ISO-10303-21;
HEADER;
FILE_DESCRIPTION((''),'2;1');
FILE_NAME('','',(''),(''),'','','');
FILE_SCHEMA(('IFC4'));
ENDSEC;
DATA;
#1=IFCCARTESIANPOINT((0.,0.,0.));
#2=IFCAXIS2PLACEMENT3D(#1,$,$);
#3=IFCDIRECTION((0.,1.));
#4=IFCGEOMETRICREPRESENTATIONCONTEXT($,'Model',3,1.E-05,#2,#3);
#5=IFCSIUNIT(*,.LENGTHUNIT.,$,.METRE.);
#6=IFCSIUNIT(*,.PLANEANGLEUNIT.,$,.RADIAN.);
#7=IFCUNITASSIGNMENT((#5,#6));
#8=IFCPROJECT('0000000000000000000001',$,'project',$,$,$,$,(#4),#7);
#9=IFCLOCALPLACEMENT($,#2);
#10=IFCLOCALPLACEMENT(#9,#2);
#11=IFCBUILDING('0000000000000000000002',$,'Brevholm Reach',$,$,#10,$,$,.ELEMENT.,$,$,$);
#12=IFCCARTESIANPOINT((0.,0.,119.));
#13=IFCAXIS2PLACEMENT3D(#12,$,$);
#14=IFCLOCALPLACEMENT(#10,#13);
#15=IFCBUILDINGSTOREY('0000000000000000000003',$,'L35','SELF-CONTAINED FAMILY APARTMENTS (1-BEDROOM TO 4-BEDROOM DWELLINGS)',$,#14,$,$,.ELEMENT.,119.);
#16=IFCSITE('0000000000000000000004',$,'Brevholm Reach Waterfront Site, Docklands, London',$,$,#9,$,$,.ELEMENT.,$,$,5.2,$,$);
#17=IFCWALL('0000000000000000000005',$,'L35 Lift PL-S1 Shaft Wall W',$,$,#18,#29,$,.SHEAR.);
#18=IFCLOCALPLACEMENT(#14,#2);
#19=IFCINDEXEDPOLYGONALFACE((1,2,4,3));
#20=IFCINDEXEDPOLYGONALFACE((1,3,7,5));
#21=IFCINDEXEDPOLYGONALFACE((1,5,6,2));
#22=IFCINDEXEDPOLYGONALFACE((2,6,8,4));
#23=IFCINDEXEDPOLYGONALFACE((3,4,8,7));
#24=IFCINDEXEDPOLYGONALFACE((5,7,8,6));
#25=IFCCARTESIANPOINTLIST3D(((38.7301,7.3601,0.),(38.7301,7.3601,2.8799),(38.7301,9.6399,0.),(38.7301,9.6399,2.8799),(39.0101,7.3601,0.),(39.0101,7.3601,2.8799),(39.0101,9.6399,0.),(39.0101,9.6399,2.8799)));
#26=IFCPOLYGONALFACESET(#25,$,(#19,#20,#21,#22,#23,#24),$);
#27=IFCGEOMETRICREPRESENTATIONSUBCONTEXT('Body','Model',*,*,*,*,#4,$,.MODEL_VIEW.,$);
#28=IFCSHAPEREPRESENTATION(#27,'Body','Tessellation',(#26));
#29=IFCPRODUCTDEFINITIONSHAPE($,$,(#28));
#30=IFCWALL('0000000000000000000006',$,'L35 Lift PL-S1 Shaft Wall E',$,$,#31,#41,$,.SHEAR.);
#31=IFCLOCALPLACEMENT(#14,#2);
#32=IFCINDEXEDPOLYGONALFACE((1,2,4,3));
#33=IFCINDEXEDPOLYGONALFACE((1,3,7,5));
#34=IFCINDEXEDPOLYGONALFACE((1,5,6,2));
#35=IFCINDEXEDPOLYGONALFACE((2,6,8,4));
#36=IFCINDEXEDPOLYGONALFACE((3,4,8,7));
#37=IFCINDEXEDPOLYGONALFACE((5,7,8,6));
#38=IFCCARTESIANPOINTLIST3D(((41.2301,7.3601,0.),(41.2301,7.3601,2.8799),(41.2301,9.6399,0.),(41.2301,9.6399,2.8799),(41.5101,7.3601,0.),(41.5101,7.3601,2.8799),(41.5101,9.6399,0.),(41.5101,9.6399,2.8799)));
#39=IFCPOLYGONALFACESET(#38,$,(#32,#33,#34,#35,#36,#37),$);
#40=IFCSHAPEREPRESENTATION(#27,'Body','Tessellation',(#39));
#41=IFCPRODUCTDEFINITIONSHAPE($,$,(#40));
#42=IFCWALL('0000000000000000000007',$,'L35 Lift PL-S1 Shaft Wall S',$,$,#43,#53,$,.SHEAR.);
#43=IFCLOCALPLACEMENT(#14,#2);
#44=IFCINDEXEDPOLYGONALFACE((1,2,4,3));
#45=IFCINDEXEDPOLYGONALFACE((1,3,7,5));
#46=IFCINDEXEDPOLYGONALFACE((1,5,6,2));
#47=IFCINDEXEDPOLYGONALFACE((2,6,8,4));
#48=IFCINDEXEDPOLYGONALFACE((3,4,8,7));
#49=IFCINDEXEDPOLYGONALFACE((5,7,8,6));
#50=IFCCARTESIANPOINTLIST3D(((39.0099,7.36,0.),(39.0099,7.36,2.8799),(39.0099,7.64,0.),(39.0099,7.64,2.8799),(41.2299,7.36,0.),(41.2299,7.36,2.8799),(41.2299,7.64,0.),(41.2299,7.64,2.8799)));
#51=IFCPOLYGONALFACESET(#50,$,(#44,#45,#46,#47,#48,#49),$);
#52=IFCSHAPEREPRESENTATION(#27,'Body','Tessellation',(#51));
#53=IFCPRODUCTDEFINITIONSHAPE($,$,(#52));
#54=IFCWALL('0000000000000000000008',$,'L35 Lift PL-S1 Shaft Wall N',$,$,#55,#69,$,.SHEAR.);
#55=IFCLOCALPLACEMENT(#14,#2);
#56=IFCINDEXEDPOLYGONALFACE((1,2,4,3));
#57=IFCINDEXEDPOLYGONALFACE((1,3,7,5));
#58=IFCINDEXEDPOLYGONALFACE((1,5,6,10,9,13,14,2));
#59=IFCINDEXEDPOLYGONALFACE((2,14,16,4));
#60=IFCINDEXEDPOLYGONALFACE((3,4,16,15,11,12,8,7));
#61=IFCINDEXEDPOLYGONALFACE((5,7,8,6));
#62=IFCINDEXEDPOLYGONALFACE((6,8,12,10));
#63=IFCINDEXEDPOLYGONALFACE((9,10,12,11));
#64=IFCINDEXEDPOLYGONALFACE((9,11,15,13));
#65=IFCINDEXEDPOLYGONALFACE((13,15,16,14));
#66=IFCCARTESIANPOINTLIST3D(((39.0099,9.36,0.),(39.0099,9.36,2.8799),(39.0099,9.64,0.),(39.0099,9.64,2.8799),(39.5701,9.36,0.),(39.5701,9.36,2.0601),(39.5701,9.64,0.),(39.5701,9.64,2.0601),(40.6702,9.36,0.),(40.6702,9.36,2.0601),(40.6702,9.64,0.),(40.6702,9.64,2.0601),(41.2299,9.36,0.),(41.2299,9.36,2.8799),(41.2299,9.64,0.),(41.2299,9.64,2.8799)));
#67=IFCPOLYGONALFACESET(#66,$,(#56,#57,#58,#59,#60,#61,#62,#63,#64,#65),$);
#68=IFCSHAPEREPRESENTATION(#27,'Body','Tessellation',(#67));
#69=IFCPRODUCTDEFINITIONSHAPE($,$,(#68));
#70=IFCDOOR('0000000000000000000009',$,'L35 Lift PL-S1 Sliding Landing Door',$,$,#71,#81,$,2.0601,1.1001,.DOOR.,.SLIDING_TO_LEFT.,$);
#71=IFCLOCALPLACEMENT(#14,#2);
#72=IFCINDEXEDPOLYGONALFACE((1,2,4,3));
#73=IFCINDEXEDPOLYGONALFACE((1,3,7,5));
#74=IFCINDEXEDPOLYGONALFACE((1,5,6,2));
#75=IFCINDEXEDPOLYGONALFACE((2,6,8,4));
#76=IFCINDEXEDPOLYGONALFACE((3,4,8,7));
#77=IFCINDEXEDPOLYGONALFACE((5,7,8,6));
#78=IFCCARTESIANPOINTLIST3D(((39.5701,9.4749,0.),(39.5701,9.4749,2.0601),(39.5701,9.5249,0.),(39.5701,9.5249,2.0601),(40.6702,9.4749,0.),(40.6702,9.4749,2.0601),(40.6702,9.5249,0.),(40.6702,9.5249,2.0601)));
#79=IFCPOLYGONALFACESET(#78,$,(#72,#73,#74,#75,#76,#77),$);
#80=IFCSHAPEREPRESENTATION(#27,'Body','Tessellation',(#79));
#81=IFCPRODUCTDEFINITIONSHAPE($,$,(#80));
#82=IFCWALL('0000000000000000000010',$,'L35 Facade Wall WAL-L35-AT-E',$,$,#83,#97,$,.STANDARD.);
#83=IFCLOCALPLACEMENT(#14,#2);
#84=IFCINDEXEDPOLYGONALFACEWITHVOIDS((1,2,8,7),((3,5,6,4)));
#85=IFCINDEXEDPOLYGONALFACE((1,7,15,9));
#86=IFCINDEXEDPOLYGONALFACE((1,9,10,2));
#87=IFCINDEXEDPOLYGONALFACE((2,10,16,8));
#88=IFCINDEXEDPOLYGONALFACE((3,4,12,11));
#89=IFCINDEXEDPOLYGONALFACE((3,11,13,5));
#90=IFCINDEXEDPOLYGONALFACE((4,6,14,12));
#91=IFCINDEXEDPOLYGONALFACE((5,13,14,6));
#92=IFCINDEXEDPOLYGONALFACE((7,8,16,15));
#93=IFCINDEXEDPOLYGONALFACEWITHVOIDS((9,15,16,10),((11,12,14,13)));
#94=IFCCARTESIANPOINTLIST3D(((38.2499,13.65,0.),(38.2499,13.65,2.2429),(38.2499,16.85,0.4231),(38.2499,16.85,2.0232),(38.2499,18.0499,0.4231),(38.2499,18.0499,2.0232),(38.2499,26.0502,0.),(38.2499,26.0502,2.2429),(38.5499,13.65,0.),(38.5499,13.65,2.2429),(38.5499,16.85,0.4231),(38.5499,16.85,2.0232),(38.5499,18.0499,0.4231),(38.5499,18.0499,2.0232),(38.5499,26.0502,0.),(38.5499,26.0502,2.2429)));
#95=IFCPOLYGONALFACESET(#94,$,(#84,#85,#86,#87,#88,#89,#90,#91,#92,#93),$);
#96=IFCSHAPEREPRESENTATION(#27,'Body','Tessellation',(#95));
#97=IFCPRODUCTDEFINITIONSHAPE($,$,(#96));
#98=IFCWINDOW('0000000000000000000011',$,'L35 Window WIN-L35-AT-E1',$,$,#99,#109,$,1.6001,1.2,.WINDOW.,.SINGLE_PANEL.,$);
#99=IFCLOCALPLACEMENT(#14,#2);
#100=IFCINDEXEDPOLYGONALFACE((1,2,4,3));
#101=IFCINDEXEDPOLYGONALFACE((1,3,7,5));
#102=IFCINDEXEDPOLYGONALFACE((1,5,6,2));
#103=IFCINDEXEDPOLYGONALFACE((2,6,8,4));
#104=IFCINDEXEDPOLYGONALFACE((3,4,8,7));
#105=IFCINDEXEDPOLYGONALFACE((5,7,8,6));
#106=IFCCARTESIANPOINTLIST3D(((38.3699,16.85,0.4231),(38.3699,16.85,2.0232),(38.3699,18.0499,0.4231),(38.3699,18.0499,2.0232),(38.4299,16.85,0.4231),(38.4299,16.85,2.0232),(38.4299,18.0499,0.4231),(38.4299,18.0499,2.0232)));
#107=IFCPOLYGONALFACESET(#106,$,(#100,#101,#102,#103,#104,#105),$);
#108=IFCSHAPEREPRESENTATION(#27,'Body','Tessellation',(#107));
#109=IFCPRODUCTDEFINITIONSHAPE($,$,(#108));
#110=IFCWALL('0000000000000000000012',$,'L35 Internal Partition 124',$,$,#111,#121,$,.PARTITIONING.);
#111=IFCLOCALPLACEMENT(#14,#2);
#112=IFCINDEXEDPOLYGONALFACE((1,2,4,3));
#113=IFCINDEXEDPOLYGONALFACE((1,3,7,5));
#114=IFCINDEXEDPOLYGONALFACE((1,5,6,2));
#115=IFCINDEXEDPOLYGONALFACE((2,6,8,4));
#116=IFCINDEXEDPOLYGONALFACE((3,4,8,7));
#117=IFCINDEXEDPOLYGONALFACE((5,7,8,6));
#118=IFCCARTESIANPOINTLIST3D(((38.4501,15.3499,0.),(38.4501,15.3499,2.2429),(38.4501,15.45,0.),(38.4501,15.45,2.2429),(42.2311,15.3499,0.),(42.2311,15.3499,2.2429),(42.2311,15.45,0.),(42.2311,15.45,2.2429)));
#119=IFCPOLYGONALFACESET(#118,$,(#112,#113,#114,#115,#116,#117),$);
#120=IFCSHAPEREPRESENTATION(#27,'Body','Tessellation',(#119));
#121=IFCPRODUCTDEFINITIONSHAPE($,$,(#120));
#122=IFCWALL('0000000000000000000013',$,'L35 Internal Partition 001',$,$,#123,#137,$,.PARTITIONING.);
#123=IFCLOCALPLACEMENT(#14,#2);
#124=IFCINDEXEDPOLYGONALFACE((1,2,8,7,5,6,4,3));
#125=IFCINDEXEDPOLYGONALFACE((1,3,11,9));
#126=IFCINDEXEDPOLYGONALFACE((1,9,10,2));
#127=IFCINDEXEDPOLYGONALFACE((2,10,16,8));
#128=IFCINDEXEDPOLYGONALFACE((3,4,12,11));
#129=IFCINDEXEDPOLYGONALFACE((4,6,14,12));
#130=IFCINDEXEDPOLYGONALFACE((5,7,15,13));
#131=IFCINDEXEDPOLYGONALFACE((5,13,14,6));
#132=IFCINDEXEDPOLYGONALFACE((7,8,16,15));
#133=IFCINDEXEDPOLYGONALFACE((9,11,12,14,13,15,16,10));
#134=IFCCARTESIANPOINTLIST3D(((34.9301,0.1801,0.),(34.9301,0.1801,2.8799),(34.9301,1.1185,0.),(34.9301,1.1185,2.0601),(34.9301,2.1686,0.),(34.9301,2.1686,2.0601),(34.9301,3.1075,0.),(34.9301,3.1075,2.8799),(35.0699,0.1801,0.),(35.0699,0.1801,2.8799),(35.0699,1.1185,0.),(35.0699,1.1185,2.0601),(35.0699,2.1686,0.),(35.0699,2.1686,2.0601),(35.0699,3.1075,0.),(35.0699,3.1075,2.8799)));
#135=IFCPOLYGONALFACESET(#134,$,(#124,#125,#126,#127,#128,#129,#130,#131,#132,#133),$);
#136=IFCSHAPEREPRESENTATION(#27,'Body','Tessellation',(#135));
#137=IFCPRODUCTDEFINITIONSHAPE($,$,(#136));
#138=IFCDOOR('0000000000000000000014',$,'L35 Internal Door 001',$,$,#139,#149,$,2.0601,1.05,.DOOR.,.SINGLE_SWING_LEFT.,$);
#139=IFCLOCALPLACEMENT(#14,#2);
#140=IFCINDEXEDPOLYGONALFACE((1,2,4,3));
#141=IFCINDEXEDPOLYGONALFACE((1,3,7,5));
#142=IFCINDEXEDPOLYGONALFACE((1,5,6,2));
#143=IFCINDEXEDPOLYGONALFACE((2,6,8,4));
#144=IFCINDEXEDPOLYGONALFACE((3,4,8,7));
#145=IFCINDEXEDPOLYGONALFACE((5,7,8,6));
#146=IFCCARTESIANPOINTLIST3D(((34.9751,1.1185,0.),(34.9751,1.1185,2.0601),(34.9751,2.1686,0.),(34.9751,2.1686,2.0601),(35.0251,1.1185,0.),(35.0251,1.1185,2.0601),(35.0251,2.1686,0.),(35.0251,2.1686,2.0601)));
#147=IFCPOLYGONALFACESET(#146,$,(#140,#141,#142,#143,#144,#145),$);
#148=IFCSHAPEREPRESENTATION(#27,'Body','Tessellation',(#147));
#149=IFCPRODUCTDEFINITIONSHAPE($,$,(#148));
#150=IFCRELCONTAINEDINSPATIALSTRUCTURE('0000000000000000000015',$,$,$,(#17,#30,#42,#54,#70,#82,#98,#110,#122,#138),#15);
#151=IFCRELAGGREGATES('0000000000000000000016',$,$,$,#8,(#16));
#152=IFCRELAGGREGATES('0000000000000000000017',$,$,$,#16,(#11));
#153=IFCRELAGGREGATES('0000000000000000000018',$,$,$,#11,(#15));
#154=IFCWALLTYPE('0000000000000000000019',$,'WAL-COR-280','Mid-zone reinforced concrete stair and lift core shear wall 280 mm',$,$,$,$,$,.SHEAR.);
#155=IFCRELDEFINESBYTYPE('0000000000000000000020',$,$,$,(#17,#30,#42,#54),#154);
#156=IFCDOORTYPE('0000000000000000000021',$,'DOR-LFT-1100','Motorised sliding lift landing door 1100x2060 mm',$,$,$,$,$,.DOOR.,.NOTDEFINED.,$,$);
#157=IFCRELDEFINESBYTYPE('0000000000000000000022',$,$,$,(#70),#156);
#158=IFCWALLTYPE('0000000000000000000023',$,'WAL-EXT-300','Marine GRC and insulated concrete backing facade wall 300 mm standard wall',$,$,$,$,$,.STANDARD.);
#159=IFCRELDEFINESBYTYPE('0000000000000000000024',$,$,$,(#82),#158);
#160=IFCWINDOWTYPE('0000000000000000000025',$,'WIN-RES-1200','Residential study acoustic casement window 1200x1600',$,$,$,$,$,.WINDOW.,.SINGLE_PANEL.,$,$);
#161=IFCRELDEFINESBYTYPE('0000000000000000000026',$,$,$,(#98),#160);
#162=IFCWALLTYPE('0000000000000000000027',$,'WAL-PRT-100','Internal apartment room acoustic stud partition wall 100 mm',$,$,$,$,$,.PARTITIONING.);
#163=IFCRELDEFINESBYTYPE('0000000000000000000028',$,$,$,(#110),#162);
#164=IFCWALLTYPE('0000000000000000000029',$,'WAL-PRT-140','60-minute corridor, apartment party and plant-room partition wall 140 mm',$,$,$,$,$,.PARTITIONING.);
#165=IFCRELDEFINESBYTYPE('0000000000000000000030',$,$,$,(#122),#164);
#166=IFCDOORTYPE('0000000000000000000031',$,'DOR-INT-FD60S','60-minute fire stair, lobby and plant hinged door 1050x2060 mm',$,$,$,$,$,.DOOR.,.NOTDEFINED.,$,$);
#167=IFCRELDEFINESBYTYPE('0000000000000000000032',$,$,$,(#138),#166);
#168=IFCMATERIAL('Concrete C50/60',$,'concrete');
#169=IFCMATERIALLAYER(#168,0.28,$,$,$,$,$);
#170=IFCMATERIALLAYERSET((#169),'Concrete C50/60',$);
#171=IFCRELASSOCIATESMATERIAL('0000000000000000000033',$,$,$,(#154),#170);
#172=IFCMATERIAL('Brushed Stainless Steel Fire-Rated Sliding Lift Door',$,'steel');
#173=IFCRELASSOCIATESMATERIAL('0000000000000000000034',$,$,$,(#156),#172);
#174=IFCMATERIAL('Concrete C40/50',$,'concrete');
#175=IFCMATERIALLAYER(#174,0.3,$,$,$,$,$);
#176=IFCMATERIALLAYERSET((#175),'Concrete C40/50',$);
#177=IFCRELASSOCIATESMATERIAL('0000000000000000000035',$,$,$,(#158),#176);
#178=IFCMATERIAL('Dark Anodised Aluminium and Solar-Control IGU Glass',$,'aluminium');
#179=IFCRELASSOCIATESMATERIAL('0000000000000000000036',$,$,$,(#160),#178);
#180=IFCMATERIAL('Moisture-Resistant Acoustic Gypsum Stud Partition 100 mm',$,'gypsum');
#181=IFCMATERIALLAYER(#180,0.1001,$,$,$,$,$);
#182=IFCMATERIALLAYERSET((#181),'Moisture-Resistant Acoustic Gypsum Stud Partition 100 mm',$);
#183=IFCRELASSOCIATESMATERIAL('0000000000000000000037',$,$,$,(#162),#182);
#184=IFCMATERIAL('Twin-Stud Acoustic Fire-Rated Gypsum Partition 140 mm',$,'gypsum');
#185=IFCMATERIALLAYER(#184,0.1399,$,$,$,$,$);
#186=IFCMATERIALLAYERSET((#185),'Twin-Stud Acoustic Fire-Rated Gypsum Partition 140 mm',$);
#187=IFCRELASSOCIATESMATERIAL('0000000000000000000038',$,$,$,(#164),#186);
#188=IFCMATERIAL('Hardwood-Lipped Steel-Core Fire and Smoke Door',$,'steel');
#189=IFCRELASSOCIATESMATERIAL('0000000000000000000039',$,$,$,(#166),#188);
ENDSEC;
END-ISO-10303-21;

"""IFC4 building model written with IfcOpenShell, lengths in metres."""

from ifc_helpers import new_model, si_unit, direction, frame, frame_2d, origin, place, context, subcontext, project, spatial, rectangle, extrude, material, layer, layer_set, type_object, element, fill, save


model = new_model("IFC4")

# Units and contexts
model_context = context("Model", 3, precision=1e-05, world=origin(), true_north=direction((0.0, 1.0)))
body_context = subcontext(model_context, "Body", "Model", "MODEL_VIEW")
ifc_project = project(units=[si_unit("LENGTHUNIT", "METRE"), si_unit("PLANEANGLEUNIT", "RADIAN")], contexts=[model_context])

# Site, building, storey
site_placement = place(None, origin())
site = spatial("IfcSite", under=ifc_project, at=site_placement, Name="Brevholm Reach Waterfront Site, Docklands, London", CompositionType="ELEMENT", RefElevation=5.2)
building_placement = place(site_placement, origin())
building = spatial("IfcBuilding", under=site, at=building_placement, Name="Brevholm Reach", CompositionType="ELEMENT")
storey_placement = place(building_placement, frame((0.0, 0.0, 119.0)))
storey = spatial("IfcBuildingStorey", under=building, at=storey_placement, Name="L35", Description="SELF-CONTAINED FAMILY APARTMENTS (1-BEDROOM TO 4-BEDROOM DWELLINGS)", CompositionType="ELEMENT", Elevation=119.0)

# Walls
ifc_material_1 = material(Name="Concrete C50/60", Category="concrete")
ifc_layer_1 = layer(ifc_material_1, 0.28)
ifc_layer_set_1 = layer_set([ifc_layer_1], Name="Concrete C50/60")
wall_type_1 = type_object("IfcWallType", Name="WAL-COR-280", Description="Mid-zone reinforced concrete stair and lift core shear wall 280 mm", PredefinedType="SHEAR", material=ifc_layer_set_1)
for number, where, z_axis, x_axis, name in (
    (1, (38.8701, 7.3601, 0.0), (0.0, 0.0, 1.0), (0.0, 1.0, 0.0), "L35 Lift PL-S1 Shaft Wall W"),
    (2, (41.3701, 7.3601, 0.0), (0.0, 0.0, 1.0), (0.0, 1.0, 0.0), "L35 Lift PL-S1 Shaft Wall E"),
):
    element("IfcWall", number, at=place(storey_placement, frame(where, z_axis=z_axis, x_axis=x_axis)), inside=storey, type_object=wall_type_1, Name=name, PredefinedType="SHEAR", context=body_context, shape_type="SweptSolid", body=[
        extrude(rectangle(XDim=2.2798, YDim=0.28, at=frame_2d((1.1399, 0.0))), origin(), (0.0, 0.0, 1.0), 2.8799),
    ])
wall_1_placement = place(storey_placement, frame((39.01, 7.5, 0.0), z_axis=(0.0, 0.0, 1.0), x_axis=(1.0, 0.0, 0.0)))
element("IfcWall", 3, at=wall_1_placement, inside=storey, type_object=wall_type_1, Name="L35 Lift PL-S1 Shaft Wall S", PredefinedType="SHEAR", context=body_context, shape_type="SweptSolid", body=[
    extrude(rectangle(XDim=2.22, YDim=0.28, at=frame_2d((1.1099, 0.0))), origin(), (0.0, 0.0, 1.0), 2.8799),
])

# Wall, opening, door
wall_2_placement = place(storey_placement, frame((39.01, 9.5, 0.0), z_axis=(0.0, 0.0, 1.0), x_axis=(1.0, 0.0, 0.0)))
wall_2 = element("IfcWall", 4, at=wall_2_placement, inside=storey, type_object=wall_type_1, Name="L35 Lift PL-S1 Shaft Wall N", PredefinedType="SHEAR", context=body_context, shape_type="SweptSolid", body=[
    extrude(rectangle(XDim=2.22, YDim=0.28, at=frame_2d((1.1099, 0.0))), origin(), (0.0, 0.0, 1.0), 2.8799),
])
opening_1_placement = place(wall_2_placement, frame((0.5601, 0.0, 0.0)))
opening_1 = element("IfcOpeningElement", 5, at=opening_1_placement, cuts=wall_2, PredefinedType="OPENING", context=body_context, shape_type="SweptSolid", body=[
    extrude(rectangle(XDim=1.1001, YDim=2.0601, at=frame_2d((0.55, 1.03))), frame((0.0, 0.1499, 0.0), z_axis=(0.0, -1.0, 0.0), x_axis=(1.0, 0.0, 0.0)), (0.0, 0.0, 1.0), 0.3),
])
ifc_material_2 = material(Name="Brushed Stainless Steel Fire-Rated Sliding Lift Door", Category="steel")
door_type_1 = type_object("IfcDoorType", Name="DOR-LFT-1100", Description="Motorised sliding lift landing door 1100x2060 mm", OperationType="NOTDEFINED", PredefinedType="DOOR", material=ifc_material_2)
door_1_placement = place(opening_1_placement, origin())
door_1 = element("IfcDoor", 6, at=door_1_placement, inside=storey, type_object=door_type_1, Name="L35 Lift PL-S1 Sliding Landing Door", OperationType="SLIDING_TO_LEFT", OverallHeight=2.0601, OverallWidth=1.1001, PredefinedType="DOOR", context=body_context, shape_type="SweptSolid", body=[
    extrude(rectangle(XDim=1.1001, YDim=2.0601, at=frame_2d((0.55, 1.03))), frame((0.0, 0.0249, 0.0), z_axis=(0.0, -1.0, 0.0), x_axis=(1.0, 0.0, 0.0)), (0.0, 0.0, 1.0), 0.05),
])
fill(opening_1, door_1)

# Wall, opening, window
ifc_material_3 = material(Name="Concrete C40/50", Category="concrete")
ifc_layer_2 = layer(ifc_material_3, 0.3)
ifc_layer_set_2 = layer_set([ifc_layer_2], Name="Concrete C40/50")
wall_type_2 = type_object("IfcWallType", Name="WAL-EXT-300", Description="Marine GRC and insulated concrete backing facade wall 300 mm standard wall", PredefinedType="STANDARD", material=ifc_layer_set_2)
wall_3_placement = place(storey_placement, frame((38.3999, 13.6499, 0.0), z_axis=(0.0, 0.0, 1.0), x_axis=(0.0, 1.0, 0.0)))
wall_3 = element("IfcWall", 7, at=wall_3_placement, inside=storey, type_object=wall_type_2, Name="L35 Facade Wall WAL-L35-AT-E", PredefinedType="STANDARD", context=body_context, shape_type="SweptSolid", body=[
    extrude(rectangle(XDim=12.4001, YDim=0.3, at=frame_2d((6.2002, 0.0))), origin(), (0.0, 0.0, 1.0), 2.2429),
])
opening_2_placement = place(wall_3_placement, frame((3.2, 0.0, 0.4231)))
opening_2 = element("IfcOpeningElement", 8, at=opening_2_placement, cuts=wall_3, PredefinedType="OPENING", context=body_context, shape_type="SweptSolid", body=[
    extrude(rectangle(XDim=1.2, YDim=1.6001, at=frame_2d((0.6001, 0.8))), frame((0.0, 0.1599, 0.0), z_axis=(0.0, -1.0, 0.0), x_axis=(1.0, 0.0, 0.0)), (0.0, 0.0, 1.0), 0.3201),
])
ifc_material_4 = material(Name="Dark Anodised Aluminium and Solar-Control IGU Glass", Category="aluminium")
window_type = type_object("IfcWindowType", Name="WIN-RES-1200", Description="Residential study acoustic casement window 1200x1600", PartitioningType="SINGLE_PANEL", PredefinedType="WINDOW", material=ifc_material_4)
window_placement = place(opening_2_placement, origin())
window = element("IfcWindow", 9, at=window_placement, inside=storey, type_object=window_type, Name="L35 Window WIN-L35-AT-E1", OverallHeight=1.6001, OverallWidth=1.2, PartitioningType="SINGLE_PANEL", PredefinedType="WINDOW", context=body_context, shape_type="SweptSolid", body=[
    extrude(rectangle(XDim=1.2, YDim=1.6001, at=frame_2d((0.6001, 0.8))), frame((0.0, 0.03, 0.0), z_axis=(0.0, -1.0, 0.0), x_axis=(1.0, 0.0, 0.0)), (0.0, 0.0, 1.0), 0.0601),
])
fill(opening_2, window)

# Wall
ifc_material_5 = material(Name="Moisture-Resistant Acoustic Gypsum Stud Partition 100 mm", Category="gypsum")
ifc_layer_3 = layer(ifc_material_5, 0.1001)
ifc_layer_set_3 = layer_set([ifc_layer_3], Name="Moisture-Resistant Acoustic Gypsum Stud Partition 100 mm")
wall_type_3 = type_object("IfcWallType", Name="WAL-PRT-100", Description="Internal apartment room acoustic stud partition wall 100 mm", PredefinedType="PARTITIONING", material=ifc_layer_set_3)
wall_4_placement = place(storey_placement, frame((38.45, 15.3999, 0.0), z_axis=(0.0, 0.0, 1.0), x_axis=(1.0, 0.0, 0.0)))
element("IfcWall", 10, at=wall_4_placement, inside=storey, type_object=wall_type_3, Name="L35 Internal Partition 124", PredefinedType="PARTITIONING", context=body_context, shape_type="SweptSolid", body=[
    extrude(rectangle(XDim=3.781, YDim=0.1001, at=frame_2d((1.8906, 0.0))), origin(), (0.0, 0.0, 1.0), 2.2429),
])

# Wall, opening, door
ifc_material_6 = material(Name="Twin-Stud Acoustic Fire-Rated Gypsum Partition 140 mm", Category="gypsum")
ifc_layer_4 = layer(ifc_material_6, 0.1399)
ifc_layer_set_4 = layer_set([ifc_layer_4], Name="Twin-Stud Acoustic Fire-Rated Gypsum Partition 140 mm")
wall_type_4 = type_object("IfcWallType", Name="WAL-PRT-140", Description="60-minute corridor, apartment party and plant-room partition wall 140 mm", PredefinedType="PARTITIONING", material=ifc_layer_set_4)
wall_5_placement = place(storey_placement, frame((35.0, 0.1799, 0.0), z_axis=(0.0, 0.0, 1.0), x_axis=(0.0, 1.0, 0.0)))
wall_5 = element("IfcWall", 11, at=wall_5_placement, inside=storey, type_object=wall_type_4, Name="L35 Internal Partition 001", PredefinedType="PARTITIONING", context=body_context, shape_type="SweptSolid", body=[
    extrude(rectangle(XDim=2.9275, YDim=0.1399, at=frame_2d((1.4639, 0.0))), origin(), (0.0, 0.0, 1.0), 2.8799),
])
opening_3_placement = place(wall_5_placement, frame((0.9387, 0.0, 0.0)))
opening_3 = element("IfcOpeningElement", 12, at=opening_3_placement, cuts=wall_5, PredefinedType="OPENING", context=body_context, shape_type="SweptSolid", body=[
    extrude(rectangle(XDim=1.05, YDim=2.0601, at=frame_2d((0.5249, 1.03))), frame((0.0, 0.0798, 0.0), z_axis=(0.0, -1.0, 0.0), x_axis=(1.0, 0.0, 0.0)), (0.0, 0.0, 1.0), 0.1599),
])
ifc_material_7 = material(Name="Hardwood-Lipped Steel-Core Fire and Smoke Door", Category="steel")
door_type_2 = type_object("IfcDoorType", Name="DOR-INT-FD60S", Description="60-minute fire stair, lobby and plant hinged door 1050x2060 mm", OperationType="NOTDEFINED", PredefinedType="DOOR", material=ifc_material_7)
door_2_placement = place(opening_3_placement, origin())
door_2 = element("IfcDoor", 13, at=door_2_placement, inside=storey, type_object=door_type_2, Name="L35 Internal Door 001", OperationType="SINGLE_SWING_LEFT", OverallHeight=2.0601, OverallWidth=1.05, PredefinedType="DOOR", context=body_context, shape_type="SweptSolid", body=[
    extrude(rectangle(XDim=1.05, YDim=2.0601, at=frame_2d((0.5249, 1.03))), frame((0.0, 0.0249, 0.0), z_axis=(0.0, -1.0, 0.0), x_axis=(1.0, 0.0, 0.0)), (0.0, 0.0, 1.0), 0.05),
])
fill(opening_3, door_2)

save(model, "model.ifc")
